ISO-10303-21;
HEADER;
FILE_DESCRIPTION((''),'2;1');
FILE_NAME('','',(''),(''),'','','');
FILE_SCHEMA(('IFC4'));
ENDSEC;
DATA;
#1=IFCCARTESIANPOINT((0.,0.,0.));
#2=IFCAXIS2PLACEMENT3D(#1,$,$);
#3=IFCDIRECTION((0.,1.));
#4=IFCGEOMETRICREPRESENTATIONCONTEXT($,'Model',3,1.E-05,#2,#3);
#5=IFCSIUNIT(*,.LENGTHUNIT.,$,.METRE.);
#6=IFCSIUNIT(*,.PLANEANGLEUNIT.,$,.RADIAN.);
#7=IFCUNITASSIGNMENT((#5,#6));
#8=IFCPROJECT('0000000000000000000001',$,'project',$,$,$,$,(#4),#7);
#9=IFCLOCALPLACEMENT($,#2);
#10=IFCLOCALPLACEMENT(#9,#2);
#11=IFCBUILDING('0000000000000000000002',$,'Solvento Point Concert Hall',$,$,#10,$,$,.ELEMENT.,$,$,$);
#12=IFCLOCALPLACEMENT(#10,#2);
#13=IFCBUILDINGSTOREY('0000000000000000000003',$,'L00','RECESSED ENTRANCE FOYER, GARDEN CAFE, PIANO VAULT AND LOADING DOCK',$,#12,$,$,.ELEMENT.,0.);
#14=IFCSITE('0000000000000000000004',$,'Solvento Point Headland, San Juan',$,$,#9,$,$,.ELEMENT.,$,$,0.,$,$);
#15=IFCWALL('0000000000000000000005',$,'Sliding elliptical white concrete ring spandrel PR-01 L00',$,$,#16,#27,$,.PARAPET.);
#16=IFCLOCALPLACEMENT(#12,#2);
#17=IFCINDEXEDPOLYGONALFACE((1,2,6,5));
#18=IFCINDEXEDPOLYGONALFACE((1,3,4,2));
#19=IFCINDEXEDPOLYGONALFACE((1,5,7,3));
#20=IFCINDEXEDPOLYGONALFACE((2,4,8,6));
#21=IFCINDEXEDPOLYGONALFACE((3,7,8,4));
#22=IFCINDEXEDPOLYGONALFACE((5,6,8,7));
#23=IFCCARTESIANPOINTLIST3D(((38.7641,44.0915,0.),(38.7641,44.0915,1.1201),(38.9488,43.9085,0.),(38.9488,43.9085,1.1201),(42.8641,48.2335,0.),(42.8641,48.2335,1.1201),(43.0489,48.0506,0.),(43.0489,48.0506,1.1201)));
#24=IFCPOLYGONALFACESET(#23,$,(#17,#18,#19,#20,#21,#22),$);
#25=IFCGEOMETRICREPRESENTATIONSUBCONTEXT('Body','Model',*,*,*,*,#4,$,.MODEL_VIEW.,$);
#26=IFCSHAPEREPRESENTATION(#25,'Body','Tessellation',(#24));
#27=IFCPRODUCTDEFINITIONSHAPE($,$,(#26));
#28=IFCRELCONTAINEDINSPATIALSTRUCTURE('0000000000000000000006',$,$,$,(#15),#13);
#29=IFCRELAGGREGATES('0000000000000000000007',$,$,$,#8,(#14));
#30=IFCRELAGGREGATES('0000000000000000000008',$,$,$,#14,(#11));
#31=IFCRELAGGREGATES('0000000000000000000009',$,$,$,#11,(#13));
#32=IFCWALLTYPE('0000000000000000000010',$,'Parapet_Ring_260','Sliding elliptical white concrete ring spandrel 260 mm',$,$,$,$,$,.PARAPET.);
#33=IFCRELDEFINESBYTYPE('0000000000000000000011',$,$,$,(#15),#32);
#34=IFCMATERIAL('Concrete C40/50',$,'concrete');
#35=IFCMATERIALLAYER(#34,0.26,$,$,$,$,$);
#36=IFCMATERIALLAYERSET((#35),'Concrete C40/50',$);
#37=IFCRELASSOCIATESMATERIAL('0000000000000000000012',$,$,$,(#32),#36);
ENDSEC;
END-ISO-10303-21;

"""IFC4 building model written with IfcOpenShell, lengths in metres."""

from ifc_helpers import new_model, si_unit, direction, frame, frame_2d, origin, place, context, subcontext, project, spatial, rectangle, extrude, material, layer, layer_set, type_object, element, save


model = new_model("IFC4")

# Units and contexts
model_context = context("Model", 3, precision=1e-05, world=origin(), true_north=direction((0.0, 1.0)))
body_context = subcontext(model_context, "Body", "Model", "MODEL_VIEW")
ifc_project = project(units=[si_unit("LENGTHUNIT", "METRE"), si_unit("PLANEANGLEUNIT", "RADIAN")], contexts=[model_context])

# Site, building, storey
site_placement = place(None, origin())
site = spatial("IfcSite", under=ifc_project, at=site_placement, Name="Solvento Point Headland, San Juan", CompositionType="ELEMENT", RefElevation=0.0)
building_placement = place(site_placement, origin())
building = spatial("IfcBuilding", under=site, at=building_placement, Name="Solvento Point Concert Hall", CompositionType="ELEMENT")
storey_placement = place(building_placement, origin())
storey = spatial("IfcBuildingStorey", under=building, at=storey_placement, Name="L00", Description="RECESSED ENTRANCE FOYER, GARDEN CAFE, PIANO VAULT AND LOADING DOCK", CompositionType="ELEMENT", Elevation=0.0)

# Wall
ifc_material_1 = material(Name="Concrete C40/50", Category="concrete")
ifc_layer = layer(ifc_material_1, 0.26)
ifc_layer_set = layer_set([ifc_layer], Name="Concrete C40/50")
wall_type = type_object("IfcWallType", Name="Parapet_Ring_260", Description="Sliding elliptical white concrete ring spandrel 260 mm", PredefinedType="PARAPET", material=ifc_layer_set)
wall_1_placement = place(storey_placement, frame((38.8564, 44.0, 0.0), z_axis=(0.0, 0.0, 1.0), x_axis=(0.703495, 0.7107, 0.0)))
element("IfcWall", 1, at=wall_1_placement, inside=storey, type_object=wall_type, Name="Sliding elliptical white concrete ring spandrel PR-01 L00", PredefinedType="PARAPET", context=body_context, shape_type="SweptSolid", body=[
    extrude(rectangle(XDim=5.8281, YDim=0.26, at=frame_2d((2.9141, 0.0))), origin(), (0.0, 0.0, 1.0), 1.1201),
])

save(model, "model.ifc")
